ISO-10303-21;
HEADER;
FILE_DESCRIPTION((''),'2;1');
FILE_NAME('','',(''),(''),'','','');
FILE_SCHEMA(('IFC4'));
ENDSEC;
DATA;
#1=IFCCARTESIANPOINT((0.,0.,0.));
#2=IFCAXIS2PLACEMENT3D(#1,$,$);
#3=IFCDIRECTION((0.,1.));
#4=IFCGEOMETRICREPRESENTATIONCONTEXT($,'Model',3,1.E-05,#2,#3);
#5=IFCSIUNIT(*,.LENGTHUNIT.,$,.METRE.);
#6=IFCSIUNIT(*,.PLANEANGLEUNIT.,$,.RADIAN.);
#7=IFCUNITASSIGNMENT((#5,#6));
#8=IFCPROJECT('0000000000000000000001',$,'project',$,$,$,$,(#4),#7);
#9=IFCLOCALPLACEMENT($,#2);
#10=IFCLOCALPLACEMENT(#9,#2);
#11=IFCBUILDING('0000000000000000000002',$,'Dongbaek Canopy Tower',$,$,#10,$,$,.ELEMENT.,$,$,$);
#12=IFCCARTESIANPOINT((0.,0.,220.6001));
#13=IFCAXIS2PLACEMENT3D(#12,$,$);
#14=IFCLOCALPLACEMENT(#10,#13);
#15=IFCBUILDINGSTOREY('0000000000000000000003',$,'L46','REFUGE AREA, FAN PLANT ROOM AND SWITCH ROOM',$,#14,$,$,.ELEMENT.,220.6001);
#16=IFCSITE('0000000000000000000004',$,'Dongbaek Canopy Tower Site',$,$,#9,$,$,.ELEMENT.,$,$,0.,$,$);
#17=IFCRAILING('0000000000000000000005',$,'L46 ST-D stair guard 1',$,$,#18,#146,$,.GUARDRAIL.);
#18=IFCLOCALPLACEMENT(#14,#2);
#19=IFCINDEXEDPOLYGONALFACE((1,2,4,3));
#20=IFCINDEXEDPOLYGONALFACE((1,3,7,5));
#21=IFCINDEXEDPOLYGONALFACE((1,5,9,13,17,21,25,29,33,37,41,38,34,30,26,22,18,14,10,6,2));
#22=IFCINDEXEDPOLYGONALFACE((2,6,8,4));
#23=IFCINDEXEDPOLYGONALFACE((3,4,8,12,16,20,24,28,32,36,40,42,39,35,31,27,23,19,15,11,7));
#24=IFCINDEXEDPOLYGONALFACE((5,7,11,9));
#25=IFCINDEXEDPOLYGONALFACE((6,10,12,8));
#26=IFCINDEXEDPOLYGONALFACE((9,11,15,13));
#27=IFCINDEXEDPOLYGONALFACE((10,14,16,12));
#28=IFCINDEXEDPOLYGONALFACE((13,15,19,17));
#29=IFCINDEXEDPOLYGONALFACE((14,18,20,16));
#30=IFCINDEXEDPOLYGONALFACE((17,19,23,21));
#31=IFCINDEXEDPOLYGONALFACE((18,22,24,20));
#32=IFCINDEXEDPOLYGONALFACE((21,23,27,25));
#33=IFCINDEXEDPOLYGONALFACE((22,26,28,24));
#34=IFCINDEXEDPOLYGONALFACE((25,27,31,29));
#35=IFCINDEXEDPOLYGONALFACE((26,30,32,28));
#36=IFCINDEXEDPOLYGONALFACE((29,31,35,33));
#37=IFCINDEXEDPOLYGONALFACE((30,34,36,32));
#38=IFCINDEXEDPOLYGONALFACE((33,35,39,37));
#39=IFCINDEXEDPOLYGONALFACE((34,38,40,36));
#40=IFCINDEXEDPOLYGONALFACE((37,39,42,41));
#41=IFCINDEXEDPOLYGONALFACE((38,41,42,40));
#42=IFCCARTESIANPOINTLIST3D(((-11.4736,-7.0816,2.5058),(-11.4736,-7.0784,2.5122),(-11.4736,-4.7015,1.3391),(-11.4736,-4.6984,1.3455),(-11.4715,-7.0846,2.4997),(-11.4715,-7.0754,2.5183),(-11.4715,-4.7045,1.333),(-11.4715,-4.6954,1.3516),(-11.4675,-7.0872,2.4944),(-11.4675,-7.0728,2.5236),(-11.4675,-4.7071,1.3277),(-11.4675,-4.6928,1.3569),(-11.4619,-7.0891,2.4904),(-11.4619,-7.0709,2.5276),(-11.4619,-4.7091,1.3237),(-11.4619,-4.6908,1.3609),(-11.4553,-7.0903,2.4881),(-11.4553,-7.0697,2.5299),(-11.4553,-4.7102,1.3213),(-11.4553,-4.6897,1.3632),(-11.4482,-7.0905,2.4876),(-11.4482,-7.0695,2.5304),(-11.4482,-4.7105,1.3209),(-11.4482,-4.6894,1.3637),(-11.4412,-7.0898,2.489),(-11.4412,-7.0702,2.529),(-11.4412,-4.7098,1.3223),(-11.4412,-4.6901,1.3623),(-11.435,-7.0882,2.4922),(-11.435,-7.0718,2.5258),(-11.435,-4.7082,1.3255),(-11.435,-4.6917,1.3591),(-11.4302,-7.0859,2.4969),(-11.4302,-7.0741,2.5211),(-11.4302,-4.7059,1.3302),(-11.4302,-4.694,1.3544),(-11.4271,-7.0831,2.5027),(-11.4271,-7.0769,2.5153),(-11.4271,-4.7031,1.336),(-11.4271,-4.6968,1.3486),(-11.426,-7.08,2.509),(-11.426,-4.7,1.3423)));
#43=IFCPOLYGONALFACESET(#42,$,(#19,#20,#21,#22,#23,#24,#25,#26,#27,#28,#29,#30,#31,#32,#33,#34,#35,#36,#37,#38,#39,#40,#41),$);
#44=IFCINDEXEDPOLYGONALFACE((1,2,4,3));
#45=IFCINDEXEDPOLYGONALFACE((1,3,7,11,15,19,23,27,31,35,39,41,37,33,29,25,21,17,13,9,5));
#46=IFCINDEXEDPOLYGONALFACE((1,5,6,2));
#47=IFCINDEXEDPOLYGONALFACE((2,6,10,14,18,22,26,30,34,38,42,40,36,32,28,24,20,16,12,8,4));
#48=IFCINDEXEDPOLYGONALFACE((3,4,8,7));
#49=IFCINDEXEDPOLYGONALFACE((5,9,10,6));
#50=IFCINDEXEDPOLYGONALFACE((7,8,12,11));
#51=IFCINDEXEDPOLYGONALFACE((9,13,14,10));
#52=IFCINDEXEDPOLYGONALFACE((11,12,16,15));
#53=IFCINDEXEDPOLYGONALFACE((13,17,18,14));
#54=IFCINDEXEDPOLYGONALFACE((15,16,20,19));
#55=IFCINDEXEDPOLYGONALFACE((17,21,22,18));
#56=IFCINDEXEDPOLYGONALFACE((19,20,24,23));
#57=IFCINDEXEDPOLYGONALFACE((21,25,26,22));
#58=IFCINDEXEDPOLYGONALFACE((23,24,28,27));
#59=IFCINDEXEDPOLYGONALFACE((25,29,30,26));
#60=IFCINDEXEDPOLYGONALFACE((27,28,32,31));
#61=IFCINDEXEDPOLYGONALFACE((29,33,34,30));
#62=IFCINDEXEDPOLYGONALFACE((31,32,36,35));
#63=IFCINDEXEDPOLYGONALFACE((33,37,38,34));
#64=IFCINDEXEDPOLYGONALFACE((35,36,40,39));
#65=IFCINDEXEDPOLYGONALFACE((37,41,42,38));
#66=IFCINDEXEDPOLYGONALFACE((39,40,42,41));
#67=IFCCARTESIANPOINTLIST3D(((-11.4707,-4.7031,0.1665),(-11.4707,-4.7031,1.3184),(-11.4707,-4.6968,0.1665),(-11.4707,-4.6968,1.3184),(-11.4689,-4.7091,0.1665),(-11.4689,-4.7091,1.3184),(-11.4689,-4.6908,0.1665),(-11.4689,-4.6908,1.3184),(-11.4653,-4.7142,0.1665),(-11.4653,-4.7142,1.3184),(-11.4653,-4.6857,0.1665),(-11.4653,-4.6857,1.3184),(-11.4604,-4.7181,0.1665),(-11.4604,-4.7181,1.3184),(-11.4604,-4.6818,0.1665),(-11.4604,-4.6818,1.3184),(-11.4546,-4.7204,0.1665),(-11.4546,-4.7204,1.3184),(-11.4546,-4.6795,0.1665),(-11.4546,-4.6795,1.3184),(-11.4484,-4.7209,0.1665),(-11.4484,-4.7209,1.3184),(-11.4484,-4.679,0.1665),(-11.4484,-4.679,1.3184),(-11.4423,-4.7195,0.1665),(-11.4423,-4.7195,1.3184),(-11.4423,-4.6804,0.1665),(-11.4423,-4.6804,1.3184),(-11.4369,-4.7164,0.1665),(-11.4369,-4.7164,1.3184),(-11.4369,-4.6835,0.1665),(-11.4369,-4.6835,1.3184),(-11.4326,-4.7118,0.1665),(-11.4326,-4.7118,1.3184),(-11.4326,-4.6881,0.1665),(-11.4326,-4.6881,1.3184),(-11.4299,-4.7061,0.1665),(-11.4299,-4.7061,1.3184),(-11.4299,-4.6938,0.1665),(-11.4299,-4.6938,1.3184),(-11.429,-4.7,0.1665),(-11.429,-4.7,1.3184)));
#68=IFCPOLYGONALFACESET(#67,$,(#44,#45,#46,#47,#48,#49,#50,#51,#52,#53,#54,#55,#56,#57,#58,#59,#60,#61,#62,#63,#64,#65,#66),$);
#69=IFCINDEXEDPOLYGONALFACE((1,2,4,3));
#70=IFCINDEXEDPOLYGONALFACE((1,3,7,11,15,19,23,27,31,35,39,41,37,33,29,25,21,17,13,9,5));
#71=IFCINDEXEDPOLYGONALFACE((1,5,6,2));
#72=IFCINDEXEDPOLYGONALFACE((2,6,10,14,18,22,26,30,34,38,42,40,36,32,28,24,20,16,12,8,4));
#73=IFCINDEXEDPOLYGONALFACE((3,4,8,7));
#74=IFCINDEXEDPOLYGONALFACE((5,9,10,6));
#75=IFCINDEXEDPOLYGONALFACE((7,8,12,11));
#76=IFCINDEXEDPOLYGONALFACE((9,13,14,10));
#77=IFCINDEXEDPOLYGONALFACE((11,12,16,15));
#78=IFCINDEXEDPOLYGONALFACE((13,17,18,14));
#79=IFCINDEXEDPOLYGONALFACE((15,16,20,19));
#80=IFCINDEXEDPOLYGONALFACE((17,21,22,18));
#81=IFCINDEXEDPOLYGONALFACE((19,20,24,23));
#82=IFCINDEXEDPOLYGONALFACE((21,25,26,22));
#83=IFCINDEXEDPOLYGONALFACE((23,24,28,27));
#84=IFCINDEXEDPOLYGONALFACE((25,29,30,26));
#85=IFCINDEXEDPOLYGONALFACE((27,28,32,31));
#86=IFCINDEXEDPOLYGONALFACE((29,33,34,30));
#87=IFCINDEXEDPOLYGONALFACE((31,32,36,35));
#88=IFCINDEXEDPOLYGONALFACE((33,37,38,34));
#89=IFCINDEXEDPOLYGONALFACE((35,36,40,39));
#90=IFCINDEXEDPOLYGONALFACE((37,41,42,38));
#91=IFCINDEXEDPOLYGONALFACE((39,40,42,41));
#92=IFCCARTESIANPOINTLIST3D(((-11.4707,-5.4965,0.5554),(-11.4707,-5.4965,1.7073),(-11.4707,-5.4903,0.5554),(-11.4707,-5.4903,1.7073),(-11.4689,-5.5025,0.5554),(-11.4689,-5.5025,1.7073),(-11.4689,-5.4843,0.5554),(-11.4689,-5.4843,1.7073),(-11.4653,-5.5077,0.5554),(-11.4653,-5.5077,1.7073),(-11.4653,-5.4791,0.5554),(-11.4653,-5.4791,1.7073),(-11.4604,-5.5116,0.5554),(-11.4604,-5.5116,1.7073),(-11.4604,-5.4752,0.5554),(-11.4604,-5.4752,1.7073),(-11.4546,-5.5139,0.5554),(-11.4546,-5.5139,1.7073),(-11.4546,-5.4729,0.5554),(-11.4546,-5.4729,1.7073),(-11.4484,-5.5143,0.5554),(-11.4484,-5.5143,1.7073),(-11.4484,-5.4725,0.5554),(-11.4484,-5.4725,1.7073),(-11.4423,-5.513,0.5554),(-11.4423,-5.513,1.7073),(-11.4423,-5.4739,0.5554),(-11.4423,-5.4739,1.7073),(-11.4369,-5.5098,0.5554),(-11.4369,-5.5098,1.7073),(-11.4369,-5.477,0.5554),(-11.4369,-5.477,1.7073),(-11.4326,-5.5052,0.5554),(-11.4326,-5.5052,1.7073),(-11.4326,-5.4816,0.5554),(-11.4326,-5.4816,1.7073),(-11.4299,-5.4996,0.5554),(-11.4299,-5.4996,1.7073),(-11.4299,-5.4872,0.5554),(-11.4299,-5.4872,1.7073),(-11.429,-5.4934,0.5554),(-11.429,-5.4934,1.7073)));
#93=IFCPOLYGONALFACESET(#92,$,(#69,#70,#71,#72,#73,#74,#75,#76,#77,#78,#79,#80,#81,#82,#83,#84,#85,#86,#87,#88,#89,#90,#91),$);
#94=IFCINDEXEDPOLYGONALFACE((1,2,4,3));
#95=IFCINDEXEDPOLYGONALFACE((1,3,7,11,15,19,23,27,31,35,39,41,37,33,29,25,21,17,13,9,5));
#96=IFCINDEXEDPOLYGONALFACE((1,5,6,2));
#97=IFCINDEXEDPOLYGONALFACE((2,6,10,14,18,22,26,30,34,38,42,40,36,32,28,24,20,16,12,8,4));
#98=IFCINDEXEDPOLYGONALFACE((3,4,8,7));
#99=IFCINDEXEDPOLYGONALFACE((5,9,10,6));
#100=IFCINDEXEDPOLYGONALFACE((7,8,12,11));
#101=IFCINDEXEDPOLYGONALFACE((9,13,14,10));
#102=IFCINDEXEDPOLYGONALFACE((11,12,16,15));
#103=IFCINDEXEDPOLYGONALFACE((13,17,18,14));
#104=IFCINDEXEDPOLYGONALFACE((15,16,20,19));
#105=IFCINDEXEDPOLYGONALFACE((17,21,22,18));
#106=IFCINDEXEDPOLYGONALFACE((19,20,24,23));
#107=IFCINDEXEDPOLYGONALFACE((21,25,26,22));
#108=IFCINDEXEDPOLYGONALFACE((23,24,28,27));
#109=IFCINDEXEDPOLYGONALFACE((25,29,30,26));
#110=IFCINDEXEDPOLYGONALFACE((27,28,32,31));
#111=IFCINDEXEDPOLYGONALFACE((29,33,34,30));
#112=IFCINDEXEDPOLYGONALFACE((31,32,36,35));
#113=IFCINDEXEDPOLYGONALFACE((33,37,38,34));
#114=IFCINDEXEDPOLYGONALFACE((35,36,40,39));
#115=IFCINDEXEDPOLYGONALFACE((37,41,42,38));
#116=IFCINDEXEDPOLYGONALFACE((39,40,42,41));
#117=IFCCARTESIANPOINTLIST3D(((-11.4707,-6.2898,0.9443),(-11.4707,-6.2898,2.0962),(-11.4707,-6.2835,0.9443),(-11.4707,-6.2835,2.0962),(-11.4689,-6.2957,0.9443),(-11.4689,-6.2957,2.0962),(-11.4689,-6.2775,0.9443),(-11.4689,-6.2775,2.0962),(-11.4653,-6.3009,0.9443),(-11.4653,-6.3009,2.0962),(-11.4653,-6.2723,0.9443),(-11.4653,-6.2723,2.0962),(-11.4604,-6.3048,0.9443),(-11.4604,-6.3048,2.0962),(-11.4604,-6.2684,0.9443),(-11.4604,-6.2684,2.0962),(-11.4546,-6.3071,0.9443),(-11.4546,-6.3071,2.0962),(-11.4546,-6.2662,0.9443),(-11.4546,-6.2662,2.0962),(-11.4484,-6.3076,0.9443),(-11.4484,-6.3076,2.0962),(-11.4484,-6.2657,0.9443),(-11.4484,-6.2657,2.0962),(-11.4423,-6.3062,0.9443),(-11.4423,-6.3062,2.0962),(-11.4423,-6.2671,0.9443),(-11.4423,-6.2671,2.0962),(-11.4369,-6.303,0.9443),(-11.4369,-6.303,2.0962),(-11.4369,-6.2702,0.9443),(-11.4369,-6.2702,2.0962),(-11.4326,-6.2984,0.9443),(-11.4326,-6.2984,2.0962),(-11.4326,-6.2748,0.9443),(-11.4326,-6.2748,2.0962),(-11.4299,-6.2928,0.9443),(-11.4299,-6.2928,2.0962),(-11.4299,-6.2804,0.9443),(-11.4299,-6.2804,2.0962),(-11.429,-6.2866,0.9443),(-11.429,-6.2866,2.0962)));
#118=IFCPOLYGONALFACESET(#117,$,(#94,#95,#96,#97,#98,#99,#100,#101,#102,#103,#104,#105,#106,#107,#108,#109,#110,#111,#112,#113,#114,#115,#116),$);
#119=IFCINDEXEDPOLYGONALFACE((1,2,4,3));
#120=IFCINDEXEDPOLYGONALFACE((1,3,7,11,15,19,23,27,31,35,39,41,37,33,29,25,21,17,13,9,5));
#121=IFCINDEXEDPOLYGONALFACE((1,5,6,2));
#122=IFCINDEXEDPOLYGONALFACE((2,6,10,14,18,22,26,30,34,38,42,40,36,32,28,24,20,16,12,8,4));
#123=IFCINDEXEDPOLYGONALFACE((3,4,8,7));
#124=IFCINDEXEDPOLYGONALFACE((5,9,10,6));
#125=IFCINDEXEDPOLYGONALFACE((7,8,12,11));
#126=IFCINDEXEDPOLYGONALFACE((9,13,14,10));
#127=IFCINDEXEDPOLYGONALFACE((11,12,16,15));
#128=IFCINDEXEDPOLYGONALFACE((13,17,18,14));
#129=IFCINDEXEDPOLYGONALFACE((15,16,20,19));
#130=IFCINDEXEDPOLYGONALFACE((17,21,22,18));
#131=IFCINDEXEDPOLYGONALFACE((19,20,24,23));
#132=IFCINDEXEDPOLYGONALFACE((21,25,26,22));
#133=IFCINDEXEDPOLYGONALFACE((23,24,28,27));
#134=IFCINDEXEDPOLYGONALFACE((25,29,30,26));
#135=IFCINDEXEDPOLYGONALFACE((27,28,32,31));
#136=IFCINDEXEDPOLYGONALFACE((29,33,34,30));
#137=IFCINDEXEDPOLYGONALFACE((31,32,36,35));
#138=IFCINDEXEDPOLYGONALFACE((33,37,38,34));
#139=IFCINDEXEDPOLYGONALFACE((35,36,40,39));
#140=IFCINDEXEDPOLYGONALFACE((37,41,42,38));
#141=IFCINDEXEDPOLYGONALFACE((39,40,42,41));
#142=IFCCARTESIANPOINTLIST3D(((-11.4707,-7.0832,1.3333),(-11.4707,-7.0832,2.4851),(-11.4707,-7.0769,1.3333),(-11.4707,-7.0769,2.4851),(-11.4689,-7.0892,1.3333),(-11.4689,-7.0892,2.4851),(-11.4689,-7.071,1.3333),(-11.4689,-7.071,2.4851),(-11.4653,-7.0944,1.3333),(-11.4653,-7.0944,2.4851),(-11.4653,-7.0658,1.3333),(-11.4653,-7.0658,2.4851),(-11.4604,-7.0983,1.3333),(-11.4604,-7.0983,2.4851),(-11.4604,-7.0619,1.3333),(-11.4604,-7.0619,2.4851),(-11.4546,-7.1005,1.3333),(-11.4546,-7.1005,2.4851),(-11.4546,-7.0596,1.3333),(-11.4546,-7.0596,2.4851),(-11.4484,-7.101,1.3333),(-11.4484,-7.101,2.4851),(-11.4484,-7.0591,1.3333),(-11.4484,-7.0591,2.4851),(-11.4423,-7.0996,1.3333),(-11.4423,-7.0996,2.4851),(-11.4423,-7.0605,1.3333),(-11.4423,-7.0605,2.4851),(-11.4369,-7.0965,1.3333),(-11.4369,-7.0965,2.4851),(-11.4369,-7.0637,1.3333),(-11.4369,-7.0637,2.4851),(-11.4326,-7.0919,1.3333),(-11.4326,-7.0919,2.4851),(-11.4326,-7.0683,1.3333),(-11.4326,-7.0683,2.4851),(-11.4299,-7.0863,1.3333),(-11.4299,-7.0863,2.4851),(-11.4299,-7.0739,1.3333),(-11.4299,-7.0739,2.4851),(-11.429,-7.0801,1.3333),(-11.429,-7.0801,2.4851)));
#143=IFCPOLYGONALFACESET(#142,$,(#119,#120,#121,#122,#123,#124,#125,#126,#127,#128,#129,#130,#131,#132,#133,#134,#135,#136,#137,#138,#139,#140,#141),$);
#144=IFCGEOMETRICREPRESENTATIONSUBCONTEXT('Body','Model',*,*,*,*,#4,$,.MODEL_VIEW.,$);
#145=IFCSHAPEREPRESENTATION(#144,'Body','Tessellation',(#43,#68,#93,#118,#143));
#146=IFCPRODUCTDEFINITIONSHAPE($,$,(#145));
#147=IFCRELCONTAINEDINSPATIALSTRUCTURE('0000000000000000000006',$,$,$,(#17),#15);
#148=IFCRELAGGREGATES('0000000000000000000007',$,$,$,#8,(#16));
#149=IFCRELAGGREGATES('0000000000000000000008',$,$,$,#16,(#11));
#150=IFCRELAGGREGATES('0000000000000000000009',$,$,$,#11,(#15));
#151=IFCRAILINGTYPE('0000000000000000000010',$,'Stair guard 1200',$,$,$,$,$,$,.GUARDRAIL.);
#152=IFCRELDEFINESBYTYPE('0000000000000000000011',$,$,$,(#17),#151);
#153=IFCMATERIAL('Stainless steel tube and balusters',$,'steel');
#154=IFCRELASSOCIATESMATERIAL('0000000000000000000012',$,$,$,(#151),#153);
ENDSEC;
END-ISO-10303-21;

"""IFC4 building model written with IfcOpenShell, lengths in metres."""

from ifc_helpers import new_model, si_unit, direction, frame, origin, origin_2d, place, context, subcontext, project, spatial, circle, extrude, material, type_object, element, save


model = new_model("IFC4")

# Units and contexts
model_context = context("Model", 3, precision=1e-05, world=origin(), true_north=direction((0.0, 1.0)))
body_context = subcontext(model_context, "Body", "Model", "MODEL_VIEW")
ifc_project = project(units=[si_unit("LENGTHUNIT", "METRE"), si_unit("PLANEANGLEUNIT", "RADIAN")], contexts=[model_context])

# Site, building, storey
site_placement = place(None, origin())
site = spatial("IfcSite", under=ifc_project, at=site_placement, Name="Dongbaek Canopy Tower Site", CompositionType="ELEMENT", RefElevation=0.0)
building_placement = place(site_placement, origin())
building = spatial("IfcBuilding", under=site, at=building_placement, Name="Dongbaek Canopy Tower", CompositionType="ELEMENT")
storey_placement = place(building_placement, frame((0.0, 0.0, 220.6001)))
storey = spatial("IfcBuildingStorey", under=building, at=storey_placement, Name="L46", Description="REFUGE AREA, FAN PLANT ROOM AND SWITCH ROOM", CompositionType="ELEMENT", Elevation=220.6001)

# Railing
ifc_material_1 = material(Name="Stainless steel tube and balusters", Category="steel")
railing_type_1 = type_object("IfcRailingType", Name="Stair guard 1200", PredefinedType="GUARDRAIL", material=ifc_material_1)
railing_1_placement = place(storey_placement, frame((-11.45, -4.7, 0.1665)))
element("IfcRailing", 1, at=railing_1_placement, inside=storey, type_object=railing_type_1, Name="L46 ST-D stair guard 1", PredefinedType="GUARDRAIL", context=body_context, shape_type="SweptSolid", body=[
    extrude(circle(Radius=0.0239, at=origin_2d()), frame((0.0, 0.0, 1.1758), z_axis=(0.0, -0.897918, 0.440163), x_axis=(1.0, 0.0, 0.0)), (0.0, 0.0, 1.0), 2.6506),
    extrude(circle(Radius=0.021, at=origin_2d()), origin(), (0.0, 0.0, 1.0), 1.1519),
    extrude(circle(Radius=0.021, at=origin_2d()), frame((0.0, -0.7935, 0.3889)), (0.0, 0.0, 1.0), 1.1519),
    extrude(circle(Radius=0.021, at=origin_2d()), frame((0.0, -1.5867, 0.7778)), (0.0, 0.0, 1.0), 1.1519),
    extrude(circle(Radius=0.021, at=origin_2d()), frame((0.0, -2.3801, 1.1667)), (0.0, 0.0, 1.0), 1.1519),
])

save(model, "model.ifc")
